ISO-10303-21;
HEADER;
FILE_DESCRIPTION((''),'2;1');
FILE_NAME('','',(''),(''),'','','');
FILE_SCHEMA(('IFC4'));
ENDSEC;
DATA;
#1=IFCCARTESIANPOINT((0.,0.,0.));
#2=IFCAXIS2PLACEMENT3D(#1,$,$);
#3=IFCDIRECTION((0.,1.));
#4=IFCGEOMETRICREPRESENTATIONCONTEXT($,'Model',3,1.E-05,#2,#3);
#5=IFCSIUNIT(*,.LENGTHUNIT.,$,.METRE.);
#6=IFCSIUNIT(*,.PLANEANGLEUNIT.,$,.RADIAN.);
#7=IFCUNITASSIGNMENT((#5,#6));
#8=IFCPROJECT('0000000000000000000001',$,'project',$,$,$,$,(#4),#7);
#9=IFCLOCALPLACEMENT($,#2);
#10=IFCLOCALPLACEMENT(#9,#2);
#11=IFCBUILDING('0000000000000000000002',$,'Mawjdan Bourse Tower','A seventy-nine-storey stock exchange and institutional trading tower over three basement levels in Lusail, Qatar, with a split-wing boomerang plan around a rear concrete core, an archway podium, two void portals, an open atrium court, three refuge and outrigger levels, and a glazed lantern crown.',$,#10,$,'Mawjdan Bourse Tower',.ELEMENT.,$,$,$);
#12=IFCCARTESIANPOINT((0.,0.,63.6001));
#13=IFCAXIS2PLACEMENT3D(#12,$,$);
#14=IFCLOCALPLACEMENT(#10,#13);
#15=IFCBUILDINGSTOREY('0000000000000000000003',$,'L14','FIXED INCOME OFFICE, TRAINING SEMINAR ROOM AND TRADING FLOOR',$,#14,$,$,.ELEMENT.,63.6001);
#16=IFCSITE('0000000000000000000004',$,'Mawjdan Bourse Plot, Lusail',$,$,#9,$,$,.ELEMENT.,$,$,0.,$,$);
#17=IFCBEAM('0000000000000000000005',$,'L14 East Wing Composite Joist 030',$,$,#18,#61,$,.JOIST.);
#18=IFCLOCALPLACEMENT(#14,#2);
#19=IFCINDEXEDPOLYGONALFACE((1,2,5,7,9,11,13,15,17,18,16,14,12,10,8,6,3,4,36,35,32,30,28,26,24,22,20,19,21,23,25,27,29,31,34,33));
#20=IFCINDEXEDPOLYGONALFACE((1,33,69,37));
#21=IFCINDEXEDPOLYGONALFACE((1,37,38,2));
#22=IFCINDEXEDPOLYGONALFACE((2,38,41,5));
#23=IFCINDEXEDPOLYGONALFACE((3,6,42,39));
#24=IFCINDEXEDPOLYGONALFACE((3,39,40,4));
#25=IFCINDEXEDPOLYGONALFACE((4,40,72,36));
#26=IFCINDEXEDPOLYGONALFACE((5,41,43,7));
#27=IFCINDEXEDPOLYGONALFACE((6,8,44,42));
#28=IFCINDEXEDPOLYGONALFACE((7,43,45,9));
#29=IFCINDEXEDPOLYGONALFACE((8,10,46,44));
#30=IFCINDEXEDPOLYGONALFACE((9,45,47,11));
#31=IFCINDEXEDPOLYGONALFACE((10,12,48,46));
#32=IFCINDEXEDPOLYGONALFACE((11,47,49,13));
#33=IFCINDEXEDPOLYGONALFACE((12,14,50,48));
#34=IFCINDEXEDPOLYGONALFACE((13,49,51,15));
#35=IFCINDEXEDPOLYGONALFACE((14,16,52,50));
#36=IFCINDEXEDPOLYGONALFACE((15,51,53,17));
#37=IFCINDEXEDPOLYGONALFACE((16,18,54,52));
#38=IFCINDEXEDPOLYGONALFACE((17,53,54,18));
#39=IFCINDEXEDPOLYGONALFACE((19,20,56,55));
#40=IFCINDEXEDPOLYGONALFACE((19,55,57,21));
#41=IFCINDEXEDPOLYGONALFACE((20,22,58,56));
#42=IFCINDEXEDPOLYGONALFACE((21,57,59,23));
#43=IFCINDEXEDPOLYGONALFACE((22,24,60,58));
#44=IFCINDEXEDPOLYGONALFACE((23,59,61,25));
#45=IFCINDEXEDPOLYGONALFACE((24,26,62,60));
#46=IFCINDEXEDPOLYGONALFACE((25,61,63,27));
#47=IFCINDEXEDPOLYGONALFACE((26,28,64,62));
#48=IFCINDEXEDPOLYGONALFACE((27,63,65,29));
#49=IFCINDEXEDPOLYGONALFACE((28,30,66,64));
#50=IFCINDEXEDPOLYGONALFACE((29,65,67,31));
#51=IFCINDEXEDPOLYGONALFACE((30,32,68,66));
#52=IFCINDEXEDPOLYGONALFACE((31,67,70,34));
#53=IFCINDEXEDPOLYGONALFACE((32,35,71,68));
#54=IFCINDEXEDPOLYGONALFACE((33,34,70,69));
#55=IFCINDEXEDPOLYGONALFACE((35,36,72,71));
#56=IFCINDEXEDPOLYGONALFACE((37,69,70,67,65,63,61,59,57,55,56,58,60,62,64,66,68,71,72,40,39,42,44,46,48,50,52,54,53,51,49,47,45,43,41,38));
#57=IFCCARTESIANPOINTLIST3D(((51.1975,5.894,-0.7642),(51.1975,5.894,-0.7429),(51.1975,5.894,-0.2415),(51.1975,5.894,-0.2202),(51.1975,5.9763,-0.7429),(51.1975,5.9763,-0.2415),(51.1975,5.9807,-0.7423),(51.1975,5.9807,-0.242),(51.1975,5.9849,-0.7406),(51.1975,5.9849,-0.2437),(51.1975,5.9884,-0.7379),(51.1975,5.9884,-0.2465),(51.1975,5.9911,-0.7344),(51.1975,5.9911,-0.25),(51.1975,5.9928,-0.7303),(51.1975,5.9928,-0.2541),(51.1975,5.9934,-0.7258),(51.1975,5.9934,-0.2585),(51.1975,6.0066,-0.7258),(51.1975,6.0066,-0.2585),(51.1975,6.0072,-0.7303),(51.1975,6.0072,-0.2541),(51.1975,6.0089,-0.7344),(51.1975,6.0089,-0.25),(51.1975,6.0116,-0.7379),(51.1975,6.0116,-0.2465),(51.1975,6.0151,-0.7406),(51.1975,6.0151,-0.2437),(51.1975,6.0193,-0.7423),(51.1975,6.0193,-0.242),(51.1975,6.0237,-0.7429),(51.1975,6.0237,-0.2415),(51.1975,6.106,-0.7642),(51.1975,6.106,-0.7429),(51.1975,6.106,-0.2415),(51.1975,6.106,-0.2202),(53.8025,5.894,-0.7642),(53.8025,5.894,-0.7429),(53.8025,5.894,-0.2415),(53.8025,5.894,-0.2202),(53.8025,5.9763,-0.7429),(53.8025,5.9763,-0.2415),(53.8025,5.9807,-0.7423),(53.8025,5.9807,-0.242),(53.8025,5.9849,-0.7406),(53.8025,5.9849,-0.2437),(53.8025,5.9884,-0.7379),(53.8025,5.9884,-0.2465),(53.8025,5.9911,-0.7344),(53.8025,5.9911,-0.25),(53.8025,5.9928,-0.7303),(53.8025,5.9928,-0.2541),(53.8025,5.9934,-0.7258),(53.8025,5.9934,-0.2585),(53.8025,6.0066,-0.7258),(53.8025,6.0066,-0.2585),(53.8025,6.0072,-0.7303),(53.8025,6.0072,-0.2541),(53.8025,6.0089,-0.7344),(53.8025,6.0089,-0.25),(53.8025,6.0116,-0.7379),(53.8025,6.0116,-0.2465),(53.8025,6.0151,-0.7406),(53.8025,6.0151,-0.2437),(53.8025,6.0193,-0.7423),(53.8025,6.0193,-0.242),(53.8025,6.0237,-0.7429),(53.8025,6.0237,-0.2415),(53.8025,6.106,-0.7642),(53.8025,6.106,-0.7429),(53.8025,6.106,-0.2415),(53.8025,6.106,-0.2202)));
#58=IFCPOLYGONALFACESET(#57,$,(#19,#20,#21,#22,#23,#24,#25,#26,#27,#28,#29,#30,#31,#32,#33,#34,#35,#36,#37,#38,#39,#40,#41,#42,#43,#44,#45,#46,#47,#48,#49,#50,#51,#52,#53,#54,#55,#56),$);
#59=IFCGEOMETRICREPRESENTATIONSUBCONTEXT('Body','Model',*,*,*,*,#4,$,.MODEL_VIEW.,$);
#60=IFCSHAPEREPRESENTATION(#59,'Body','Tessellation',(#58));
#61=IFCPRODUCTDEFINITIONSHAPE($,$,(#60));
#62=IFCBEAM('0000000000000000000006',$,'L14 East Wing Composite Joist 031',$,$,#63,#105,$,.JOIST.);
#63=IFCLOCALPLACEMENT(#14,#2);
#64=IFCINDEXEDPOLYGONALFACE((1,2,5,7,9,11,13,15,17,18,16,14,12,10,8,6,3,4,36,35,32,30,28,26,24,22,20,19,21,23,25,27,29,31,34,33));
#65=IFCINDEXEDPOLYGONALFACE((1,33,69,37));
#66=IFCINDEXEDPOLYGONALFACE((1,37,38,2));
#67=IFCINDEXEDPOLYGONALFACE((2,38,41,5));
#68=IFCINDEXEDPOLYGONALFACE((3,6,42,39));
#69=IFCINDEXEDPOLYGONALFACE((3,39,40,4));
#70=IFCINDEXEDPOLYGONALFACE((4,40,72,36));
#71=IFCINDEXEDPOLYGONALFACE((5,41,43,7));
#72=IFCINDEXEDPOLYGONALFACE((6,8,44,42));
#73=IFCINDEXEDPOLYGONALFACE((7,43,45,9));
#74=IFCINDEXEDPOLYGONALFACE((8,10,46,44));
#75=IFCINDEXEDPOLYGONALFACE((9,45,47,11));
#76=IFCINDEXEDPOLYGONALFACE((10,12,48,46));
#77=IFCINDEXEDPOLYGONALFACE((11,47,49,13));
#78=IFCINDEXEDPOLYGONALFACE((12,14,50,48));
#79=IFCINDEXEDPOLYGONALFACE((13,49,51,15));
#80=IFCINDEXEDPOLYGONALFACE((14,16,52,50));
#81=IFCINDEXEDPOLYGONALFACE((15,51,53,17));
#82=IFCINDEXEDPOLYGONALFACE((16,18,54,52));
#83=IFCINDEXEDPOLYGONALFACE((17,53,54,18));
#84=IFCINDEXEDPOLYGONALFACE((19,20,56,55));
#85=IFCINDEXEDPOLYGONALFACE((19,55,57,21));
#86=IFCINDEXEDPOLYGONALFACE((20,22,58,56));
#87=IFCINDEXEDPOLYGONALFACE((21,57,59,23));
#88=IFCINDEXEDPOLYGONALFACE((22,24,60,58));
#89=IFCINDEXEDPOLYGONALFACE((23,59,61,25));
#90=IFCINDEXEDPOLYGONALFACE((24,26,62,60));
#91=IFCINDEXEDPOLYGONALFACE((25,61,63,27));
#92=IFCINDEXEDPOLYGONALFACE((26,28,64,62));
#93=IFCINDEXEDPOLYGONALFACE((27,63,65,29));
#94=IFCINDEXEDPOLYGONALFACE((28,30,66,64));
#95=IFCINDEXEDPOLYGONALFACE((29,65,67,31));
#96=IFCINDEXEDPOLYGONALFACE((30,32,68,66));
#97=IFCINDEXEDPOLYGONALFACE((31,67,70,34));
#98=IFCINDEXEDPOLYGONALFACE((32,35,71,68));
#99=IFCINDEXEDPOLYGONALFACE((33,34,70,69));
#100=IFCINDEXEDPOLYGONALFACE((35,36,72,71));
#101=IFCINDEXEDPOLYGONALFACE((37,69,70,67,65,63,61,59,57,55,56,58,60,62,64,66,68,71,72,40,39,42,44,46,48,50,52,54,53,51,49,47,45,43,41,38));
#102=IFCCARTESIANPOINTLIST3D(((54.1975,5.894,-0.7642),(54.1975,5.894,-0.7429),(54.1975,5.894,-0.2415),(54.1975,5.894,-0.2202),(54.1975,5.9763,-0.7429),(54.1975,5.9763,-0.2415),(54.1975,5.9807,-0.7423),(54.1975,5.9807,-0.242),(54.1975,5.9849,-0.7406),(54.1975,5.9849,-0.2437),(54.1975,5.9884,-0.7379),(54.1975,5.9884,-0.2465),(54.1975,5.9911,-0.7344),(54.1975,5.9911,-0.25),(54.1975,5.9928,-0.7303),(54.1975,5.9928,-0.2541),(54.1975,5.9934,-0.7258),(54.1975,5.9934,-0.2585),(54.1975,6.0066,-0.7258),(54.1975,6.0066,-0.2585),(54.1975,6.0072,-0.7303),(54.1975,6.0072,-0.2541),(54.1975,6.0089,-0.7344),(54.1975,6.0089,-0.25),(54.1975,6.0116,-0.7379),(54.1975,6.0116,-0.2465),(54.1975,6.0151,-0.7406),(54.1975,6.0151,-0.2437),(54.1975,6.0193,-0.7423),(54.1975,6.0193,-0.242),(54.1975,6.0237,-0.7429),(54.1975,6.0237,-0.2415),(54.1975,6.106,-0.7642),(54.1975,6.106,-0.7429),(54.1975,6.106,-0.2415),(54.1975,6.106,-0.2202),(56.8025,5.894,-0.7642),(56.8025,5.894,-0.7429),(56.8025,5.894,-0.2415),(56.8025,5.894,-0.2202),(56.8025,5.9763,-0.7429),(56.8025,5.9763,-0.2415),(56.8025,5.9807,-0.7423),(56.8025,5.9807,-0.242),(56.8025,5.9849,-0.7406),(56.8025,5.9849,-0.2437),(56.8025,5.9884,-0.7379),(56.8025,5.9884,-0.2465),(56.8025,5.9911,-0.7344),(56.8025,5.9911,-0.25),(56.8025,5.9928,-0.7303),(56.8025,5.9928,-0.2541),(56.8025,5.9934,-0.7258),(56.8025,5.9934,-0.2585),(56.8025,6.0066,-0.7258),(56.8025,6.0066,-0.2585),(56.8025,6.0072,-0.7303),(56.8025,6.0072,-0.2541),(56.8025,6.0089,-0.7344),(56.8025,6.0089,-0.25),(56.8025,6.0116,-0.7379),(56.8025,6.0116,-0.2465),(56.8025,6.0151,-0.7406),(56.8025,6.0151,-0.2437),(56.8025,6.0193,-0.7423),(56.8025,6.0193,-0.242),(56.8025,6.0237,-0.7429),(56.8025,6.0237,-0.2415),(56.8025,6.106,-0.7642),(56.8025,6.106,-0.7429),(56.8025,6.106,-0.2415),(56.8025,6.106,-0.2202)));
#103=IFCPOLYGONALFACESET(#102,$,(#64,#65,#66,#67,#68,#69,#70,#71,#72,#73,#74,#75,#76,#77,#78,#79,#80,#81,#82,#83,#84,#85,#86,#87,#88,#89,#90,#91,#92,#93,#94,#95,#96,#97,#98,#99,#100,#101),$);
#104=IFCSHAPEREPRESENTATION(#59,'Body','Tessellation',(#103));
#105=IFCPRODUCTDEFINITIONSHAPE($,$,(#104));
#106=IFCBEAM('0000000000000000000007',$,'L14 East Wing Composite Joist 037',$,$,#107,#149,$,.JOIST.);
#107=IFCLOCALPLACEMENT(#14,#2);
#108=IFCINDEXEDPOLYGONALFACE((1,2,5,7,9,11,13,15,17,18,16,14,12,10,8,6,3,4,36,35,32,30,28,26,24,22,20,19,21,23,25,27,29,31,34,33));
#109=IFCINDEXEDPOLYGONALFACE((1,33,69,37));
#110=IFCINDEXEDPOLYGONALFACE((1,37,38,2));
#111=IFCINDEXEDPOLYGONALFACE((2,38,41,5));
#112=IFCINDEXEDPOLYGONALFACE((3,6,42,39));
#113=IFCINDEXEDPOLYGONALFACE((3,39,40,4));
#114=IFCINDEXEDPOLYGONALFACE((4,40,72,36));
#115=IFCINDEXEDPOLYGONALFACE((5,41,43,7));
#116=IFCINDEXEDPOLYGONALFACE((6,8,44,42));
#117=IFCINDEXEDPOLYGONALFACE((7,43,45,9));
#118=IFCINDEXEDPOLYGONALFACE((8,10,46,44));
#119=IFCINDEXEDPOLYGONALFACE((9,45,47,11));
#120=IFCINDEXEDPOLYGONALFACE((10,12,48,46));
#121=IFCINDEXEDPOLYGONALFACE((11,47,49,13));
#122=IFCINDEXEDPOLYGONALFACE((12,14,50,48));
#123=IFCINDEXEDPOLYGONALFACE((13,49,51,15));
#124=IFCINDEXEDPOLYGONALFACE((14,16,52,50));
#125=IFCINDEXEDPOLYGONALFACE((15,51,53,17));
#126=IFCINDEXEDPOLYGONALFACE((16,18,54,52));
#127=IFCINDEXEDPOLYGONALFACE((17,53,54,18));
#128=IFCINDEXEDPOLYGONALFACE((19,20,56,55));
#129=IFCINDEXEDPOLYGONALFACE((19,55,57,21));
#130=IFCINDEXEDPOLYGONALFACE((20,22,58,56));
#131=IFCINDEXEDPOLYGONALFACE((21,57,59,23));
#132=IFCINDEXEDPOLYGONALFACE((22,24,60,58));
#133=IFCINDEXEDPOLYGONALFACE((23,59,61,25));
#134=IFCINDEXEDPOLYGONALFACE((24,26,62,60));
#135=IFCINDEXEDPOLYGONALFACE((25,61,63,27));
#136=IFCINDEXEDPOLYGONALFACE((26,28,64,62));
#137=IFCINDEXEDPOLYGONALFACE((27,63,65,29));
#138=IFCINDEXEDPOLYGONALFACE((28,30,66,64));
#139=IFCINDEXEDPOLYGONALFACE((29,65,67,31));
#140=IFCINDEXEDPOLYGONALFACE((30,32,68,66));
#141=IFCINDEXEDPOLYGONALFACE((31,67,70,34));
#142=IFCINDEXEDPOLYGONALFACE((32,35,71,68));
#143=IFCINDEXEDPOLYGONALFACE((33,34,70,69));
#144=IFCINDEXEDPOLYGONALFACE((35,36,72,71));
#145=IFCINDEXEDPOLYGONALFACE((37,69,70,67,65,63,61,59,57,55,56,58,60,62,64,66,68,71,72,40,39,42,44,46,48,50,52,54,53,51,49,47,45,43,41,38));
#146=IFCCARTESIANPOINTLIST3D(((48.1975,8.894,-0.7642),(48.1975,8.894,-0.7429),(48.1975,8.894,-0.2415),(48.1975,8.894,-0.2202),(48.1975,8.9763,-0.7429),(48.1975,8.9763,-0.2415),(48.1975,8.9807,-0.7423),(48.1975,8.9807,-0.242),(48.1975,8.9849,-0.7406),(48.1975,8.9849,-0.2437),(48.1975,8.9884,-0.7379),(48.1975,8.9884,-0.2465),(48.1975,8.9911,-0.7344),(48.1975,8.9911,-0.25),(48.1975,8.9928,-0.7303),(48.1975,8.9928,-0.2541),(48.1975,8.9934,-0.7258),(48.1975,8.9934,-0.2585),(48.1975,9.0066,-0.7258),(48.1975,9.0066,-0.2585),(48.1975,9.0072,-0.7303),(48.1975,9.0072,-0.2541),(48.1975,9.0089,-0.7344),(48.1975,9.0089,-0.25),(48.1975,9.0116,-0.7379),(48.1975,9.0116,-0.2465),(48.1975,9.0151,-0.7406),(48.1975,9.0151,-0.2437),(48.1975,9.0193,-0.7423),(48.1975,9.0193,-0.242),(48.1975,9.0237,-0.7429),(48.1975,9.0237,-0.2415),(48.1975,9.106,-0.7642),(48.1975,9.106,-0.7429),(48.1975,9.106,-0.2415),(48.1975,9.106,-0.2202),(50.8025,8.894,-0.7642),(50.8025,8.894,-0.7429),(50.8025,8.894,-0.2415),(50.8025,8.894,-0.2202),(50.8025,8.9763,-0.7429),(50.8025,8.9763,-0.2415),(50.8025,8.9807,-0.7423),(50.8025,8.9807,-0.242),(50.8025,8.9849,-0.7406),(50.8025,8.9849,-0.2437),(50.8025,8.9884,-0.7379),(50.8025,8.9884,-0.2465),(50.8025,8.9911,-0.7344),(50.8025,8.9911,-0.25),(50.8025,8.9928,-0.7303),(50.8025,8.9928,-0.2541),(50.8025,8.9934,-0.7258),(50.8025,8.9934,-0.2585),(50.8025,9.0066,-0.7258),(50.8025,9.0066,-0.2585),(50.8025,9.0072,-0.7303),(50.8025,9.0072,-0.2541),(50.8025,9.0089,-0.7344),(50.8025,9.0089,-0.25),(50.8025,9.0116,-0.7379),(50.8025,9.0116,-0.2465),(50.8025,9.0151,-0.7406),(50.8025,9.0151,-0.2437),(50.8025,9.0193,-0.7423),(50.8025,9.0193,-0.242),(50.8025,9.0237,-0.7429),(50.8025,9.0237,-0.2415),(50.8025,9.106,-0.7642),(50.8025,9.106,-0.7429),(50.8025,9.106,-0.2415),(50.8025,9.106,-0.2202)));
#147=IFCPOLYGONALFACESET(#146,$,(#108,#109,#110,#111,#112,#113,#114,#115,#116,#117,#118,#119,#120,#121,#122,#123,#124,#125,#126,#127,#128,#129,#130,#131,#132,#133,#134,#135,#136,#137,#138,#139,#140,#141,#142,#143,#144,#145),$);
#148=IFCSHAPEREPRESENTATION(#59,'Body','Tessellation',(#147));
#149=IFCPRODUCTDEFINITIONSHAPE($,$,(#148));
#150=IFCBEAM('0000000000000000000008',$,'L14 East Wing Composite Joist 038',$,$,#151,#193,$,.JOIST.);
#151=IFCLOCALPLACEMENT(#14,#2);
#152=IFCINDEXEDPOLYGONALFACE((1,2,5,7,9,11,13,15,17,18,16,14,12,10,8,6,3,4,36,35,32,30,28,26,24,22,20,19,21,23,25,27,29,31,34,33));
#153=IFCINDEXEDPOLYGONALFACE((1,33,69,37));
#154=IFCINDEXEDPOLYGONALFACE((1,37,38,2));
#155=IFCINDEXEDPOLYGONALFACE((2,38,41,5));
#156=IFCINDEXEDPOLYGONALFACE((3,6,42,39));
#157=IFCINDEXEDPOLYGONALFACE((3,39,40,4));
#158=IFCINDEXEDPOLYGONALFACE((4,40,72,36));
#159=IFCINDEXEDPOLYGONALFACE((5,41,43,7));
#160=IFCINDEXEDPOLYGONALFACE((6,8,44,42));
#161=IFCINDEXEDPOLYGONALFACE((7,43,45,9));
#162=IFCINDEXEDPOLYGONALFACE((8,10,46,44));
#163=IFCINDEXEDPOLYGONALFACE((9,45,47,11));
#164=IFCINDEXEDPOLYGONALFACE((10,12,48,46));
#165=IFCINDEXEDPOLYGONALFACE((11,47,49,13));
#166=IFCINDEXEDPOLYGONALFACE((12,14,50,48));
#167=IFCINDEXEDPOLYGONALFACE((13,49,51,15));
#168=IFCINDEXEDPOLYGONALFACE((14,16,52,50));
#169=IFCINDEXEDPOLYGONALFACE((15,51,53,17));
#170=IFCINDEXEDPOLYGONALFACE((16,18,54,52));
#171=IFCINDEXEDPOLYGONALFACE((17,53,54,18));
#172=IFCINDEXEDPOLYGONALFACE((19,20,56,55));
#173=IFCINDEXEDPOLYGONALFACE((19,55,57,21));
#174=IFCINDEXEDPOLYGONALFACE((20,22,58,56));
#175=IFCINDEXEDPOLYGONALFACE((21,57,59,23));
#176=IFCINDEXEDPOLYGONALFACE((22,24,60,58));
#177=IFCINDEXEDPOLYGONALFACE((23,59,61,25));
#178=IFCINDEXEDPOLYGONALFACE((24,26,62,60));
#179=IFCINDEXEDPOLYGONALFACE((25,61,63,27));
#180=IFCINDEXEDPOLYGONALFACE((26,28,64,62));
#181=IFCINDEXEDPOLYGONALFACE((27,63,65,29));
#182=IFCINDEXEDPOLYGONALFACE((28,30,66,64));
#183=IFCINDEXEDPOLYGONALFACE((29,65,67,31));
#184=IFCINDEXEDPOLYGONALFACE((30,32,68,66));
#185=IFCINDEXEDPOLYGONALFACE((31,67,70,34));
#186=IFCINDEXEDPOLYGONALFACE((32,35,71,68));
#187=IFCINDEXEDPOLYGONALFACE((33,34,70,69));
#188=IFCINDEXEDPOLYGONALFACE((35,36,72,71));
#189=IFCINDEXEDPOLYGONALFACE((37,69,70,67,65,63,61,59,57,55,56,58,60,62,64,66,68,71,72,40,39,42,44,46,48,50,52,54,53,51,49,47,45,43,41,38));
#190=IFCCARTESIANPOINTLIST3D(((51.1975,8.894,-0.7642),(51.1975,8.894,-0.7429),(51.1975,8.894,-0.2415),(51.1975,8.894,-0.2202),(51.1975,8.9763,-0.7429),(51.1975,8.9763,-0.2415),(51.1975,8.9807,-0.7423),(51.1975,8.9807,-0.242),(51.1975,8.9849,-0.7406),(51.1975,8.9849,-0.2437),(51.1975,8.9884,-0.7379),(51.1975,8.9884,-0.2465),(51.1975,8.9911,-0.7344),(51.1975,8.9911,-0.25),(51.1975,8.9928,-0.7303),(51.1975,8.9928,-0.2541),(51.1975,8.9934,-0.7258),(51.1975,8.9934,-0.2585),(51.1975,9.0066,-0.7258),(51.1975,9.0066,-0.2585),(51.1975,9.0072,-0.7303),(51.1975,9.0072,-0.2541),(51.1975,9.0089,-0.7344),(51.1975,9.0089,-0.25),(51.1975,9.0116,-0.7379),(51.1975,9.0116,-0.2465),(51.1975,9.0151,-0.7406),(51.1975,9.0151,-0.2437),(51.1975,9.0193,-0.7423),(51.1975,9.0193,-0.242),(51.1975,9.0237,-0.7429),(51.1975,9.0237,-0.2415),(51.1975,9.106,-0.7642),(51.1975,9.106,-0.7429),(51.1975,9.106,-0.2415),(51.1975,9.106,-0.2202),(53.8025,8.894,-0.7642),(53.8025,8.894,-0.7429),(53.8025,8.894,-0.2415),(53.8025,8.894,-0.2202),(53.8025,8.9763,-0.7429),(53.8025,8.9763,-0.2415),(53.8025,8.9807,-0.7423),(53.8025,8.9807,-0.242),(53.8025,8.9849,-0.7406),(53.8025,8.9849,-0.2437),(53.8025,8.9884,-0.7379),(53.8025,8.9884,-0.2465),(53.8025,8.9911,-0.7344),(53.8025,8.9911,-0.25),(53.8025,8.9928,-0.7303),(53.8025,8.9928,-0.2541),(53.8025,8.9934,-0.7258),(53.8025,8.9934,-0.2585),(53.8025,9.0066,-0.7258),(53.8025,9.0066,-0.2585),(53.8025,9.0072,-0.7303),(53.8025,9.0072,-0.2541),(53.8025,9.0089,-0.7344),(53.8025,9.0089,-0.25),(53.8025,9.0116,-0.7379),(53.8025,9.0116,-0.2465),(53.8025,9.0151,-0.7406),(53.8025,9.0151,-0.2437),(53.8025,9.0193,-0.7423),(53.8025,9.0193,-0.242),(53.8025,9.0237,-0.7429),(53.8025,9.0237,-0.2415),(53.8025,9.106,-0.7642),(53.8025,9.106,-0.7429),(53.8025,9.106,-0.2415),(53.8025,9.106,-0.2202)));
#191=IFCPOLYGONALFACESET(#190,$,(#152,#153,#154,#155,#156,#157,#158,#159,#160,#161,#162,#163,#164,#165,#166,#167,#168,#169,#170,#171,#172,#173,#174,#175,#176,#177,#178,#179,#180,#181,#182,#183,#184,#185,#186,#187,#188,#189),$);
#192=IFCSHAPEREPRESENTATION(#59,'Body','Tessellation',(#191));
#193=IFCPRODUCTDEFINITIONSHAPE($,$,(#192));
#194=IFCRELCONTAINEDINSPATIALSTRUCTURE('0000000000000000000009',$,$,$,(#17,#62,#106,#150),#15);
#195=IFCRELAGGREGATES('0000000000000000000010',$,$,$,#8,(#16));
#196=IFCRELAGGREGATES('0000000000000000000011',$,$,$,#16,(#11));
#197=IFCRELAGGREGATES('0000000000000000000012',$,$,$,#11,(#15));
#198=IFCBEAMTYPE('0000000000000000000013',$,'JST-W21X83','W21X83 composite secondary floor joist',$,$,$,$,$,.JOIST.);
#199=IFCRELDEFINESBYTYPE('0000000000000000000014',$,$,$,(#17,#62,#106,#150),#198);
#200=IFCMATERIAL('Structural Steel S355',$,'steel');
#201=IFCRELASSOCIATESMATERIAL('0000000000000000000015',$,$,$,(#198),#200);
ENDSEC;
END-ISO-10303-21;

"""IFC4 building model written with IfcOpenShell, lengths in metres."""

from ifc_helpers import new_model, si_unit, direction, frame, origin, origin_2d, place, context, subcontext, project, spatial, i_section, extrude, material, material_profile, profile_set, type_object, element, save


model = new_model("IFC4")

# Units and contexts
model_context = context("Model", 3, precision=1e-05, world=origin(), true_north=direction((0.0, 1.0)))
body_context = subcontext(model_context, "Body", "Model", "MODEL_VIEW")
ifc_project = project(units=[si_unit("LENGTHUNIT", "METRE"), si_unit("PLANEANGLEUNIT", "RADIAN")], contexts=[model_context])

# Site, building, storey
site_placement = place(None, origin())
site = spatial("IfcSite", under=ifc_project, at=site_placement, Name="Mawjdan Bourse Plot, Lusail", CompositionType="ELEMENT", RefElevation=0.0)
building_placement = place(site_placement, origin())
building = spatial("IfcBuilding", under=site, at=building_placement, Name="Mawjdan Bourse Tower", Description="A seventy-nine-storey stock exchange and institutional trading tower over three basement levels in Lusail, Qatar, with a split-wing boomerang plan around a rear concrete core, an archway podium, two void portals, an open atrium court, three refuge and outrigger levels, and a glazed lantern crown.", LongName="Mawjdan Bourse Tower", CompositionType="ELEMENT")
storey_placement = place(building_placement, frame((0.0, 0.0, 63.6001)))
storey = spatial("IfcBuildingStorey", under=building, at=storey_placement, Name="L14", Description="FIXED INCOME OFFICE, TRAINING SEMINAR ROOM AND TRADING FLOOR", CompositionType="ELEMENT", Elevation=63.6001)

# Beams
ifc_material_1 = material(Name="Structural Steel S355", Category="steel")
ifc_material_profile_1 = material_profile(ifc_material_1, i_section(OverallWidth=0.2119, OverallDepth=0.5439, WebThickness=0.0132, FlangeThickness=0.0212, FilletRadius=0.0171, at=origin_2d()), Name="W21X83")
ifc_profile_set_1 = profile_set([ifc_material_profile_1], Name="Structural Steel S355")
beam_type_1 = type_object("IfcBeamType", Name="JST-W21X83", Description="W21X83 composite secondary floor joist", PredefinedType="JOIST", material=ifc_profile_set_1)
for number, where, z_axis, x_axis, name in (
    (1, (51.1975, 6.0, -0.4922), (1.0, 0.0, 0.0), (0.0, 1.0, 0.0), "L14 East Wing Composite Joist 030"),
    (2, (54.1975, 6.0, -0.4922), (1.0, 0.0, 0.0), (0.0, 1.0, 0.0), "L14 East Wing Composite Joist 031"),
    (3, (48.1975, 9.0, -0.4922), (1.0, 0.0, 0.0), (0.0, 1.0, 0.0), "L14 East Wing Composite Joist 037"),
    (4, (51.1975, 9.0, -0.4922), (1.0, 0.0, 0.0), (0.0, 1.0, 0.0), "L14 East Wing Composite Joist 038"),
):
    element("IfcBeam", number, at=place(storey_placement, frame(where, z_axis=z_axis, x_axis=x_axis)), inside=storey, type_object=beam_type_1, Name=name, PredefinedType="JOIST", context=body_context, shape_type="SweptSolid", body=[
        extrude(i_section(OverallWidth=0.2119, OverallDepth=0.5439, WebThickness=0.0132, FlangeThickness=0.0212, FilletRadius=0.0171, at=origin_2d()), origin(), (0.0, 0.0, 1.0), 2.605),
    ])

save(model, "model.ifc")
